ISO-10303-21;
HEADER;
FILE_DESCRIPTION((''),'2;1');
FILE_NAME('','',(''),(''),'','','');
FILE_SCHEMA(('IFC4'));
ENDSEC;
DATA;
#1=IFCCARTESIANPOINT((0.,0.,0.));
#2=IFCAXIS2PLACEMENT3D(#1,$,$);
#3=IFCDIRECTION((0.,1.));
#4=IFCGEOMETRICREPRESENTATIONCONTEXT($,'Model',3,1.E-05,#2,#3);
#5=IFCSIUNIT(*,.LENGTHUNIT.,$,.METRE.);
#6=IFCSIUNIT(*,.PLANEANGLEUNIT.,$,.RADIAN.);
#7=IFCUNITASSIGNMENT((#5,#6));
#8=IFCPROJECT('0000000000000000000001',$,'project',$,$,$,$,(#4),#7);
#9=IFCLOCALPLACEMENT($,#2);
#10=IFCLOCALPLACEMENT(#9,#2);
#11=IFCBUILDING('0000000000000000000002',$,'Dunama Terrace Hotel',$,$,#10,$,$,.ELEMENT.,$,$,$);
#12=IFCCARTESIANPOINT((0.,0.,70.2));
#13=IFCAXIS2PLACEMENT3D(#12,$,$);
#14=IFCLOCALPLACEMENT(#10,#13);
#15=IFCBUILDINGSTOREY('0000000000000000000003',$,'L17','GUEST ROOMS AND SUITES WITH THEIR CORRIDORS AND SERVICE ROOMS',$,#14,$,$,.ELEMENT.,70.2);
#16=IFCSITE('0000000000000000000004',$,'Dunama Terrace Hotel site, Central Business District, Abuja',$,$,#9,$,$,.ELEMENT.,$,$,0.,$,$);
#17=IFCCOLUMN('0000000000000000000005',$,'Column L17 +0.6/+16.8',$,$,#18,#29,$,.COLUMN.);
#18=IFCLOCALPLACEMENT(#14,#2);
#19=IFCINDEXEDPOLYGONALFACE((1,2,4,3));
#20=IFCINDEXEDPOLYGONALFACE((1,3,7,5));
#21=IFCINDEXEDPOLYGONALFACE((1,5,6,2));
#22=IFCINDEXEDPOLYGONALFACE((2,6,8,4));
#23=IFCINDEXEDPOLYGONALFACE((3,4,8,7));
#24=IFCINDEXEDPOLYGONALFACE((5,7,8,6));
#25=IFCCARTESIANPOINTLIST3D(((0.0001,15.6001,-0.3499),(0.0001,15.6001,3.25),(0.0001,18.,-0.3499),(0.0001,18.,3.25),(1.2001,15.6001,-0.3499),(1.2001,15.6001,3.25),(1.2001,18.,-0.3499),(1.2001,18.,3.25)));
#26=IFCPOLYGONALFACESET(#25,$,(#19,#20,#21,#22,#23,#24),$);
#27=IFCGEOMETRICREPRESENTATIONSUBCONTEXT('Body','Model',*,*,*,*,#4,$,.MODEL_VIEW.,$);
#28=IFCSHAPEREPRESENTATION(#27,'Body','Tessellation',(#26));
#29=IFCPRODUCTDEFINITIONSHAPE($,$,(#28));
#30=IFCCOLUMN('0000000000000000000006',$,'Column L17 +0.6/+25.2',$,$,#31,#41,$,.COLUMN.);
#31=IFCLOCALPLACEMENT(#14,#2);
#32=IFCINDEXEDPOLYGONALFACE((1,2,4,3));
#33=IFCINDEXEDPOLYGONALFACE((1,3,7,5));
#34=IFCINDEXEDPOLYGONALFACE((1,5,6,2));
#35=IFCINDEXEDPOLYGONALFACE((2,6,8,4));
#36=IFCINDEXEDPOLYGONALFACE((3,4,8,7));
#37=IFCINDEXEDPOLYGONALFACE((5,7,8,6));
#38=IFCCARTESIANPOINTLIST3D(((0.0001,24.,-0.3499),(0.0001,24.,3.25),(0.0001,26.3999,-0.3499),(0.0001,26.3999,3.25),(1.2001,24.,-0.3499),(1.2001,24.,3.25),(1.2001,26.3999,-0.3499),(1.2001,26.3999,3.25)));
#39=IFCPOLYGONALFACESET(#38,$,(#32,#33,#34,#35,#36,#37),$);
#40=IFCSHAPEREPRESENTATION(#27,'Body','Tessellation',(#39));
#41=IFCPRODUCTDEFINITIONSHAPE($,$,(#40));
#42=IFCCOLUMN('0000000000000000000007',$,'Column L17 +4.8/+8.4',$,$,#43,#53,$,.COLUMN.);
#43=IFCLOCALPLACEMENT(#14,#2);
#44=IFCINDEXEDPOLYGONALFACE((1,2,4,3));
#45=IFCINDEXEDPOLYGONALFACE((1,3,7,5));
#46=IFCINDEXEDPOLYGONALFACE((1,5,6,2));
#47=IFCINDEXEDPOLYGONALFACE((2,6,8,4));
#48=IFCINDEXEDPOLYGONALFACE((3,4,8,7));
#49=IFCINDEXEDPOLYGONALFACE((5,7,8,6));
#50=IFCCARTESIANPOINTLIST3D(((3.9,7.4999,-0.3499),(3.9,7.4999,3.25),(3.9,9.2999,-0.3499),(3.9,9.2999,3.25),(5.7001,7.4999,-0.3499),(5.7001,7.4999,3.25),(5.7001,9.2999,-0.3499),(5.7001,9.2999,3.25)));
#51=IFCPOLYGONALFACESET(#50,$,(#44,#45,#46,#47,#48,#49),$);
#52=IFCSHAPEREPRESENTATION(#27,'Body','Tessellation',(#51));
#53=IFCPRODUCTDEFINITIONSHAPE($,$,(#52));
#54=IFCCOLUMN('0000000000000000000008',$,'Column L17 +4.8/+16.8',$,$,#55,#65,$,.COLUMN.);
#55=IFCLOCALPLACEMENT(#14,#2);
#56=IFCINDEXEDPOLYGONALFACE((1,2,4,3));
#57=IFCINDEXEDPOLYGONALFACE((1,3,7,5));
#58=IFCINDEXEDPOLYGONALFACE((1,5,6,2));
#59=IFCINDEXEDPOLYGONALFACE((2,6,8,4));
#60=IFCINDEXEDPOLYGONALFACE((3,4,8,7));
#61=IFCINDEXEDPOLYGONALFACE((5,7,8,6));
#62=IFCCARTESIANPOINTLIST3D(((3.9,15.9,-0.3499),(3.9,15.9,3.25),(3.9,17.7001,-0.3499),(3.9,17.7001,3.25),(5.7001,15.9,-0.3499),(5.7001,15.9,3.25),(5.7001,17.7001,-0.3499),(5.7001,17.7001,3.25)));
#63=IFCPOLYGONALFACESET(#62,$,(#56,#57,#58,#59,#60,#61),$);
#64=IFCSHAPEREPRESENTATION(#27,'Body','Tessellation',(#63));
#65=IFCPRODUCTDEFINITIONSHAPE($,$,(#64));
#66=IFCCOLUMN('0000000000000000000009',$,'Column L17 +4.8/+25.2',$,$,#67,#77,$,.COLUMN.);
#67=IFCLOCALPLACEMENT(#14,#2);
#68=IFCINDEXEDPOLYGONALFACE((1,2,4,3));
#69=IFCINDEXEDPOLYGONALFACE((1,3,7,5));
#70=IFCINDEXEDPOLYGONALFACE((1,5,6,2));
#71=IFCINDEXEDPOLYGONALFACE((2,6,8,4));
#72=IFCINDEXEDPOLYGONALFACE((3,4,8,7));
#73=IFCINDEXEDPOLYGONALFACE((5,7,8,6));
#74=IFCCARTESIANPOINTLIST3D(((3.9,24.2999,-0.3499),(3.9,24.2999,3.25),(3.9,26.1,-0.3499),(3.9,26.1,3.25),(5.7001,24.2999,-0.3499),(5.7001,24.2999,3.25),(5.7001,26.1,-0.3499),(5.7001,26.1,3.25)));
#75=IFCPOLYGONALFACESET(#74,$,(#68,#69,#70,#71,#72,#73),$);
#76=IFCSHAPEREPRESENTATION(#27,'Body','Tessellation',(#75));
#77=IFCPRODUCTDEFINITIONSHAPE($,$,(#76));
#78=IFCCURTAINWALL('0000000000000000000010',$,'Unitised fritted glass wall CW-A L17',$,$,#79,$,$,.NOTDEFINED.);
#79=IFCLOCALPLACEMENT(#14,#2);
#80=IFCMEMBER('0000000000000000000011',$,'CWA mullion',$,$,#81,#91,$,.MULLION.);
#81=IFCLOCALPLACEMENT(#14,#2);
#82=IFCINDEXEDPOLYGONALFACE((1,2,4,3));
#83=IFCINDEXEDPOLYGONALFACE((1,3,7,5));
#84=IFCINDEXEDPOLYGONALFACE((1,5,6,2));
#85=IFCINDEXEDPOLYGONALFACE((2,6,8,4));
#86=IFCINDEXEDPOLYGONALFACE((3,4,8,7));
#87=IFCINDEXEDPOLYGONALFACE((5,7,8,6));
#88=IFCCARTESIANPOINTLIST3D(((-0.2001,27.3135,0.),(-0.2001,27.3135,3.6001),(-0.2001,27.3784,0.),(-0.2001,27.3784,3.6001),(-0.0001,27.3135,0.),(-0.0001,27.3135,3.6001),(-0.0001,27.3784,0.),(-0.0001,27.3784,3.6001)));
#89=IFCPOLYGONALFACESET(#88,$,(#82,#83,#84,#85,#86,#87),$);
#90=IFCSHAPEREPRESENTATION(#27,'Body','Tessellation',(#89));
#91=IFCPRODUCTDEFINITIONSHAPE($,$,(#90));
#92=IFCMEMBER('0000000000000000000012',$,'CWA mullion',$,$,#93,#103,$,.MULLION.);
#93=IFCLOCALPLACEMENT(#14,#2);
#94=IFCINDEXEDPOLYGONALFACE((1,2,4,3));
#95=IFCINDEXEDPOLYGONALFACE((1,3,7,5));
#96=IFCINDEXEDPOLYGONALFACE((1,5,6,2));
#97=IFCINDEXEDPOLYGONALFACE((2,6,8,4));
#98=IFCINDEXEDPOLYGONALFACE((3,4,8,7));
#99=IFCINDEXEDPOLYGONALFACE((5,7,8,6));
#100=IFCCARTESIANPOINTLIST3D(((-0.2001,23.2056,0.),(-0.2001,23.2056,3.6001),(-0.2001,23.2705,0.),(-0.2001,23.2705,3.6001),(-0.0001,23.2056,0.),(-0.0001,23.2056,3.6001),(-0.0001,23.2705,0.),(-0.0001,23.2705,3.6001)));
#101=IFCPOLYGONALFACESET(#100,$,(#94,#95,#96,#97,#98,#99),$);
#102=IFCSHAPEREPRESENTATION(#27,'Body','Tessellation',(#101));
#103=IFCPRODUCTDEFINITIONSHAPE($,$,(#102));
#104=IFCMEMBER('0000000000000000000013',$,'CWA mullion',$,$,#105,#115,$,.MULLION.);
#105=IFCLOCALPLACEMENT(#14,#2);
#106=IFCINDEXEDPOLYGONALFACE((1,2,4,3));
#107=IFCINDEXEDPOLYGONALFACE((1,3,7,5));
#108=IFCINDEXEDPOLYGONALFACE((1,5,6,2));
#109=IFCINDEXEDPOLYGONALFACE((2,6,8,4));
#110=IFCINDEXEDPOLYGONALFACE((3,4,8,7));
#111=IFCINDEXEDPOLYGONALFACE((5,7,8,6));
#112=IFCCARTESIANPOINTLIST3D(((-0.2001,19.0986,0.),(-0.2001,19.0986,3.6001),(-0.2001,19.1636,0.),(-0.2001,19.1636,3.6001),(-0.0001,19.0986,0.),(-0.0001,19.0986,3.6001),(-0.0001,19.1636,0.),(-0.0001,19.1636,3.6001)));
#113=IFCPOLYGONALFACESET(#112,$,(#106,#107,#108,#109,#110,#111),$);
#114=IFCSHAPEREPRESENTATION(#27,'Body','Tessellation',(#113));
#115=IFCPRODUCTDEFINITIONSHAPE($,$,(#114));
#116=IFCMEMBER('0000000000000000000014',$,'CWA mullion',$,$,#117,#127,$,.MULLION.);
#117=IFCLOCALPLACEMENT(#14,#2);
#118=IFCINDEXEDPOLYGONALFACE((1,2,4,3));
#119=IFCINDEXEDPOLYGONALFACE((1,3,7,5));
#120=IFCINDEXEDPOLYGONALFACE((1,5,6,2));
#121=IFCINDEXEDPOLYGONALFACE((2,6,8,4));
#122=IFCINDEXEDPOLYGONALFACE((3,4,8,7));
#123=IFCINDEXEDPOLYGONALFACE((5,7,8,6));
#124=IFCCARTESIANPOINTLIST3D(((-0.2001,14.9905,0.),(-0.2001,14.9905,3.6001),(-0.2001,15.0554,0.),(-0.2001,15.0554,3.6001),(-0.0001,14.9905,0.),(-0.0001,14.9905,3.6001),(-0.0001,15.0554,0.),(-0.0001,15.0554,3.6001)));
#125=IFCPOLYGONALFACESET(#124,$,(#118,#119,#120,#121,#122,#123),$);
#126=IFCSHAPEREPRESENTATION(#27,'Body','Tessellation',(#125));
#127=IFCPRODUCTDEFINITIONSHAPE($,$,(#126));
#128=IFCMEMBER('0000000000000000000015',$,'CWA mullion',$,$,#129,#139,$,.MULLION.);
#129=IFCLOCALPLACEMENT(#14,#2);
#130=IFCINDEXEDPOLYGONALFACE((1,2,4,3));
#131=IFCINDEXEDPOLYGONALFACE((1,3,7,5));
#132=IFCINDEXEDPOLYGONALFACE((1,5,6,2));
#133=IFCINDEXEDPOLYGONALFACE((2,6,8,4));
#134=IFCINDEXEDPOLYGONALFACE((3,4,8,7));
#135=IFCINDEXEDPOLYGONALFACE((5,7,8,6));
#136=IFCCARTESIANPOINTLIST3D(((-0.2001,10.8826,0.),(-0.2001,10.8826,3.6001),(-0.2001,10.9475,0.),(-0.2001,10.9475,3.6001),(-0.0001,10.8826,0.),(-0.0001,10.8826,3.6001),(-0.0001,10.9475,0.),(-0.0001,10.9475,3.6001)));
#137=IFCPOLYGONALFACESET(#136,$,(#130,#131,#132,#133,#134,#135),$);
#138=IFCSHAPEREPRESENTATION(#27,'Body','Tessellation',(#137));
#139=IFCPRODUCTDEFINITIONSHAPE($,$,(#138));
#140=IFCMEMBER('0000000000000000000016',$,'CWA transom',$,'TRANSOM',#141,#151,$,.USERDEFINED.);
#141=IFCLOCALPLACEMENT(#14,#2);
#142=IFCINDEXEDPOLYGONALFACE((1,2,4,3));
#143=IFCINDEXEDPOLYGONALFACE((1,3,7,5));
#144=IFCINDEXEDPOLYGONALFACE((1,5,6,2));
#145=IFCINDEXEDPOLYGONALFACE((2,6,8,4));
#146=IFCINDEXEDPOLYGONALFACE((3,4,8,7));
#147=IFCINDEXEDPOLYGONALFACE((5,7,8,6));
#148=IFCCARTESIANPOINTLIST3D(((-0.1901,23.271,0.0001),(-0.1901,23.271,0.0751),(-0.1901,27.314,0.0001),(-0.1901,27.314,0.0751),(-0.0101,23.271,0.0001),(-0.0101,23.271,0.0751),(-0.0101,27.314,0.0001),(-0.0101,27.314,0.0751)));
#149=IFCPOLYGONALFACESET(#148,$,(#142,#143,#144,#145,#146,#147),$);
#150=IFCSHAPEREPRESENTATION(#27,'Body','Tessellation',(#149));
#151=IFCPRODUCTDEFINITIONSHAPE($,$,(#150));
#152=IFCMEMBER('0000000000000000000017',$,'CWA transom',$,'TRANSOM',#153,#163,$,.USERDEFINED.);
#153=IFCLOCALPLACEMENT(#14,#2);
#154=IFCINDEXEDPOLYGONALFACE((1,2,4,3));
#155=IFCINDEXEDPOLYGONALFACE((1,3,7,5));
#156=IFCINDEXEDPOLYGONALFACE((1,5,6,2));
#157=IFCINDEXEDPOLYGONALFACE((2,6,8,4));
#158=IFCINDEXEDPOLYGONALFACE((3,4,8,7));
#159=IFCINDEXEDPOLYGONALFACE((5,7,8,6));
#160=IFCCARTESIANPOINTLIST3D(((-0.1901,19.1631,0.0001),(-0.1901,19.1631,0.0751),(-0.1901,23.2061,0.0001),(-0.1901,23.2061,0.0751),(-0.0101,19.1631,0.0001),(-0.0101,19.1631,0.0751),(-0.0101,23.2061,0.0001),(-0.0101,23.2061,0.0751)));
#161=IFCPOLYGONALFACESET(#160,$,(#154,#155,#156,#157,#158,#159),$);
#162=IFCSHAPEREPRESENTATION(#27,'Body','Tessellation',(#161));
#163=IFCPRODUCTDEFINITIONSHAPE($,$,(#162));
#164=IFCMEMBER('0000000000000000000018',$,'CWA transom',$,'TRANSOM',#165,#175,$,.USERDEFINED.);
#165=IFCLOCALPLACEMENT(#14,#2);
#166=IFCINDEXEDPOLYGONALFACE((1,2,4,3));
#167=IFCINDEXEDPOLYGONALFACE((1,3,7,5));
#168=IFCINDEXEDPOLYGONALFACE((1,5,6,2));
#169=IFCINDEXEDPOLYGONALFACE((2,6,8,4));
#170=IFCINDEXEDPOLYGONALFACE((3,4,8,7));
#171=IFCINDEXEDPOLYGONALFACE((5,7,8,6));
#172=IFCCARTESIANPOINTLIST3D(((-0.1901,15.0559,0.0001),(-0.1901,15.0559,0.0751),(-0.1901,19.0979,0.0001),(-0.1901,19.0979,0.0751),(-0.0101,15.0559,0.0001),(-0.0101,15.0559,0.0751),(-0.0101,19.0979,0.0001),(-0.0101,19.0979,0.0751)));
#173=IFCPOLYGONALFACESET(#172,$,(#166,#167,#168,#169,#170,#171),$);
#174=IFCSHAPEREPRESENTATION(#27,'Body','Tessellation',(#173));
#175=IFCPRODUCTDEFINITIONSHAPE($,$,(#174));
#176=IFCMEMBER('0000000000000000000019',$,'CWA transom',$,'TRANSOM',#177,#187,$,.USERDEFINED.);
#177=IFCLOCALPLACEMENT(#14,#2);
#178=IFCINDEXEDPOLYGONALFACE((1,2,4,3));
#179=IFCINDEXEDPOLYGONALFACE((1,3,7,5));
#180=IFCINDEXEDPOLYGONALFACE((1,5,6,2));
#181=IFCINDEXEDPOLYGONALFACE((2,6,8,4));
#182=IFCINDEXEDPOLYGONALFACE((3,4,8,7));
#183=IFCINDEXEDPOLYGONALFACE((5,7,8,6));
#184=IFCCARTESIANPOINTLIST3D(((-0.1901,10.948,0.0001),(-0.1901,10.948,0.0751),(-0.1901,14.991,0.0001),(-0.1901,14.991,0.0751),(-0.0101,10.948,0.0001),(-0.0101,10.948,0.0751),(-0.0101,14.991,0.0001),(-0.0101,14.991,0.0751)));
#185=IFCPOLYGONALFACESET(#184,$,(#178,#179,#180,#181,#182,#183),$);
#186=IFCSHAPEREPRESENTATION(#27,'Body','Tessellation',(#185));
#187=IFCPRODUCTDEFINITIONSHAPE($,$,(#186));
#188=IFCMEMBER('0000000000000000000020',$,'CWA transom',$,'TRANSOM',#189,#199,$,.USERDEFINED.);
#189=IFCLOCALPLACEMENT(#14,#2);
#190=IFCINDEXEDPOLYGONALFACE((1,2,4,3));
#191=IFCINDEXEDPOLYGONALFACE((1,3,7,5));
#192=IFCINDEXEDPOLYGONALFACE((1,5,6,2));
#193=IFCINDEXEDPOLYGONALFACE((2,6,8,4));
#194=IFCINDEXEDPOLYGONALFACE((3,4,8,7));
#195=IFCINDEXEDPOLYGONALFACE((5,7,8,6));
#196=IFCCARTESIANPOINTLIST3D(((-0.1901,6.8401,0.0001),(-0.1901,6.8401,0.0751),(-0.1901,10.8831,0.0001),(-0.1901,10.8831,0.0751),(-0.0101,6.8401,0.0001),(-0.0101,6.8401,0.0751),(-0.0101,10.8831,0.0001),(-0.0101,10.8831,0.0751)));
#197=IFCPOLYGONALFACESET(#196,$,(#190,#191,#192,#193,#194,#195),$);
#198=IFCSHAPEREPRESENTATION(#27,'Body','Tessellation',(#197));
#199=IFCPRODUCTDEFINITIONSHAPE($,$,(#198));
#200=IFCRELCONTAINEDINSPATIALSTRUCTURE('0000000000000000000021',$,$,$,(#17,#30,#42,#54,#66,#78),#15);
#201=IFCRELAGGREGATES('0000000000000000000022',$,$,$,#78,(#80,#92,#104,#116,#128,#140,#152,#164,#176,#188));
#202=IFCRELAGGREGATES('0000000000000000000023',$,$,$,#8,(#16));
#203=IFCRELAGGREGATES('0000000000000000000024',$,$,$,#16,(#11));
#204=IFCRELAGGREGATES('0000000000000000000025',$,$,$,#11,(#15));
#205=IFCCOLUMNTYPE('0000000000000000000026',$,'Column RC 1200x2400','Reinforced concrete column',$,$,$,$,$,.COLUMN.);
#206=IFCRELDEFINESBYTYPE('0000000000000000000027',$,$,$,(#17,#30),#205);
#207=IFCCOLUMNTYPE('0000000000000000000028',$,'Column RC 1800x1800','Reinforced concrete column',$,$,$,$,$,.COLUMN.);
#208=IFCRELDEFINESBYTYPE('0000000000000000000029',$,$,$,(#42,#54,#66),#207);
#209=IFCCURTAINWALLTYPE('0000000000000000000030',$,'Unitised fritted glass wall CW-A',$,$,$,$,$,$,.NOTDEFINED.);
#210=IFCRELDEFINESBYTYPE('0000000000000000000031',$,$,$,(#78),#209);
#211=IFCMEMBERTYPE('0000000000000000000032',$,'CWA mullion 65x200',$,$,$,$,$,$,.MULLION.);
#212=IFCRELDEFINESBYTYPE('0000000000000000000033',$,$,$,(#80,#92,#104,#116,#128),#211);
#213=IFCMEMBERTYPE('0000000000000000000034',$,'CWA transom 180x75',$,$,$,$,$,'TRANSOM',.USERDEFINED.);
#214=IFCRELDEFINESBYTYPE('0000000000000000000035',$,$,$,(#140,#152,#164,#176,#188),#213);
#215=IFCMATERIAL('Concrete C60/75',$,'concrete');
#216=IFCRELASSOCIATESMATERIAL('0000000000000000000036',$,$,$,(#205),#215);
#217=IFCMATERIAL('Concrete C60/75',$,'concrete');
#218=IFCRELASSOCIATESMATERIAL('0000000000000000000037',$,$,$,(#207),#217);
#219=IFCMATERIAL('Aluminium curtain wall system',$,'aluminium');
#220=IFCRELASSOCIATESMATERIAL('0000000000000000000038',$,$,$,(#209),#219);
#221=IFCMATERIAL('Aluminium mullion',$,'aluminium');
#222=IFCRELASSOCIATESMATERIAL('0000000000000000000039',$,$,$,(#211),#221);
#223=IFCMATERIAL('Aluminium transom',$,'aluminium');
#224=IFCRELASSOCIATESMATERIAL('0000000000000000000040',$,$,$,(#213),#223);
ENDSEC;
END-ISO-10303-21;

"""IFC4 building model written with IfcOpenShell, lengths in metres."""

from ifc_helpers import new_model, si_unit, direction, frame, origin, origin_2d, place, context, subcontext, project, spatial, rectangle, extrude, material, material_profile, profile_set, type_object, element, aggregate, save


model = new_model("IFC4")

# Units and contexts
model_context = context("Model", 3, precision=1e-05, world=origin(), true_north=direction((0.0, 1.0)))
body_context = subcontext(model_context, "Body", "Model", "MODEL_VIEW")
ifc_project = project(units=[si_unit("LENGTHUNIT", "METRE"), si_unit("PLANEANGLEUNIT", "RADIAN")], contexts=[model_context])

# Site, building, storey
site_placement = place(None, origin())
site = spatial("IfcSite", under=ifc_project, at=site_placement, Name="Dunama Terrace Hotel site, Central Business District, Abuja", CompositionType="ELEMENT", RefElevation=0.0)
building_placement = place(site_placement, origin())
building = spatial("IfcBuilding", under=site, at=building_placement, Name="Dunama Terrace Hotel", CompositionType="ELEMENT")
storey_placement = place(building_placement, frame((0.0, 0.0, 70.2)))
storey = spatial("IfcBuildingStorey", under=building, at=storey_placement, Name="L17", Description="GUEST ROOMS AND SUITES WITH THEIR CORRIDORS AND SERVICE ROOMS", CompositionType="ELEMENT", Elevation=70.2)

# Columns
ifc_material_1 = material(Name="Concrete C60/75", Category="concrete")
ifc_material_profile_1 = material_profile(ifc_material_1, rectangle(XDim=1.2, YDim=2.3999, at=origin_2d()), Name="RC 1200x2400")
ifc_profile_set_1 = profile_set([ifc_material_profile_1], Name="Concrete C60/75")
column_type_1 = type_object("IfcColumnType", Name="Column RC 1200x2400", Description="Reinforced concrete column", PredefinedType="COLUMN", material=ifc_profile_set_1)
for number, where, z_axis, x_axis, name in (
    (1, (0.6001, 16.8, -0.3499), (0.0, 0.0, 1.0), (1.0, 0.0, 0.0), "Column L17 +0.6/+16.8"),
    (2, (0.6001, 25.2, -0.3499), (0.0, 0.0, 1.0), (1.0, 0.0, 0.0), "Column L17 +0.6/+25.2"),
):
    element("IfcColumn", number, at=place(storey_placement, frame(where, z_axis=z_axis, x_axis=x_axis)), inside=storey, type_object=column_type_1, Name=name, PredefinedType="COLUMN", context=body_context, shape_type="SweptSolid", body=[
        extrude(rectangle(XDim=1.2, YDim=2.3999, at=origin_2d()), origin(), (0.0, 0.0, 1.0), 3.5999),
    ])
ifc_material_2 = material(Name="Concrete C60/75", Category="concrete")
ifc_material_profile_2 = material_profile(ifc_material_2, rectangle(XDim=1.8, YDim=1.8, at=origin_2d()), Name="RC 1800x1800")
ifc_profile_set_2 = profile_set([ifc_material_profile_2], Name="Concrete C60/75")
column_type_2 = type_object("IfcColumnType", Name="Column RC 1800x1800", Description="Reinforced concrete column", PredefinedType="COLUMN", material=ifc_profile_set_2)
for number, where, z_axis, x_axis, name in (
    (3, (4.8, 8.3999, -0.3499), (0.0, 0.0, 1.0), (1.0, 0.0, 0.0), "Column L17 +4.8/+8.4"),
    (4, (4.8, 16.8, -0.3499), (0.0, 0.0, 1.0), (1.0, 0.0, 0.0), "Column L17 +4.8/+16.8"),
    (5, (4.8, 25.2, -0.3499), (0.0, 0.0, 1.0), (1.0, 0.0, 0.0), "Column L17 +4.8/+25.2"),
):
    element("IfcColumn", number, at=place(storey_placement, frame(where, z_axis=z_axis, x_axis=x_axis)), inside=storey, type_object=column_type_2, Name=name, PredefinedType="COLUMN", context=body_context, shape_type="SweptSolid", body=[
        extrude(rectangle(XDim=1.8, YDim=1.8, at=origin_2d()), origin(), (0.0, 0.0, 1.0), 3.5999),
    ])

# Curtain wall, members
ifc_material_3 = material(Name="Aluminium curtain wall system", Category="aluminium")
curtain_wall_type = type_object("IfcCurtainWallType", Name="Unitised fritted glass wall CW-A", PredefinedType="NOTDEFINED", material=ifc_material_3)
curtain_wall_placement = place(storey_placement, origin())
curtain_wall = element("IfcCurtainWall", 6, at=curtain_wall_placement, inside=storey, type_object=curtain_wall_type, Name="Unitised fritted glass wall CW-A L17", PredefinedType="NOTDEFINED")
ifc_material_4 = material(Name="Aluminium mullion", Category="aluminium")
ifc_material_profile_3 = material_profile(ifc_material_4, rectangle(XDim=0.0649, YDim=0.2, at=origin_2d()), Name="CWA MULLION 65X200")
ifc_profile_set_3 = profile_set([ifc_material_profile_3], Name="Aluminium mullion")
member_type_1 = type_object("IfcMemberType", Name="CWA mullion 65x200", PredefinedType="MULLION", material=ifc_profile_set_3)
member_1_placement = place(storey_placement, frame((-0.1001, 27.3459, 0.0), z_axis=(0.0, 0.0, 1.0), x_axis=(0.0, -1.0, 0.0)))
member_1 = element("IfcMember", 7, at=member_1_placement, type_object=member_type_1, Name="CWA mullion", PredefinedType="MULLION", context=body_context, shape_type="SweptSolid", body=[
    extrude(rectangle(XDim=0.0649, YDim=0.2, at=origin_2d()), origin(), (0.0, 0.0, 1.0), 3.6001),
])
member_2_placement = place(storey_placement, frame((-0.1001, 23.238, 0.0), z_axis=(0.0, 0.0, 1.0), x_axis=(0.0, -1.0, 0.0)))
member_2 = element("IfcMember", 8, at=member_2_placement, type_object=member_type_1, Name="CWA mullion", PredefinedType="MULLION", context=body_context, shape_type="SweptSolid", body=[
    extrude(rectangle(XDim=0.0649, YDim=0.2, at=origin_2d()), origin(), (0.0, 0.0, 1.0), 3.6001),
])
member_3_placement = place(storey_placement, frame((-0.1001, 19.1311, 0.0), z_axis=(0.0, 0.0, 1.0), x_axis=(0.0, -1.0, 0.0)))
member_3 = element("IfcMember", 9, at=member_3_placement, type_object=member_type_1, Name="CWA mullion", PredefinedType="MULLION", context=body_context, shape_type="SweptSolid", body=[
    extrude(rectangle(XDim=0.0649, YDim=0.2, at=origin_2d()), origin(), (0.0, 0.0, 1.0), 3.6001),
])
member_4_placement = place(storey_placement, frame((-0.1001, 15.0229, 0.0), z_axis=(0.0, 0.0, 1.0), x_axis=(0.0, -1.0, 0.0)))
member_4 = element("IfcMember", 10, at=member_4_placement, type_object=member_type_1, Name="CWA mullion", PredefinedType="MULLION", context=body_context, shape_type="SweptSolid", body=[
    extrude(rectangle(XDim=0.0649, YDim=0.2, at=origin_2d()), origin(), (0.0, 0.0, 1.0), 3.6001),
])
member_5_placement = place(storey_placement, frame((-0.1001, 10.915, 0.0), z_axis=(0.0, 0.0, 1.0), x_axis=(0.0, -1.0, 0.0)))
member_5 = element("IfcMember", 11, at=member_5_placement, type_object=member_type_1, Name="CWA mullion", PredefinedType="MULLION", context=body_context, shape_type="SweptSolid", body=[
    extrude(rectangle(XDim=0.0649, YDim=0.2, at=origin_2d()), origin(), (0.0, 0.0, 1.0), 3.6001),
])
ifc_material_5 = material(Name="Aluminium transom", Category="aluminium")
ifc_material_profile_4 = material_profile(ifc_material_5, rectangle(XDim=0.1799, YDim=0.075, at=origin_2d()), Name="CWA TRANSOM 180X75")
ifc_profile_set_4 = profile_set([ifc_material_profile_4], Name="Aluminium transom")
member_type_2 = type_object("IfcMemberType", Name="CWA transom 180x75", ElementType="TRANSOM", PredefinedType="USERDEFINED", material=ifc_profile_set_4)
member_6_placement = place(storey_placement, frame((-0.1001, 27.314, 0.0376), z_axis=(0.0, -1.0, 0.0), x_axis=(1.0, 0.0, 0.0)))
member_6 = element("IfcMember", 12, at=member_6_placement, type_object=member_type_2, Name="CWA transom", ObjectType="TRANSOM", PredefinedType="USERDEFINED", context=body_context, shape_type="SweptSolid", body=[
    extrude(rectangle(XDim=0.1799, YDim=0.075, at=origin_2d()), origin(), (0.0, 0.0, 1.0), 4.043),
])
member_7_placement = place(storey_placement, frame((-0.1001, 23.2061, 0.0376), z_axis=(0.0, -1.0, 0.0), x_axis=(1.0, 0.0, 0.0)))
member_7 = element("IfcMember", 13, at=member_7_placement, type_object=member_type_2, Name="CWA transom", ObjectType="TRANSOM", PredefinedType="USERDEFINED", context=body_context, shape_type="SweptSolid", body=[
    extrude(rectangle(XDim=0.1799, YDim=0.075, at=origin_2d()), origin(), (0.0, 0.0, 1.0), 4.043),
])
member_8_placement = place(storey_placement, frame((-0.1001, 19.0979, 0.0376), z_axis=(0.0, -1.0, 0.0), x_axis=(1.0, 0.0, 0.0)))
member_8 = element("IfcMember", 14, at=member_8_placement, type_object=member_type_2, Name="CWA transom", ObjectType="TRANSOM", PredefinedType="USERDEFINED", context=body_context, shape_type="SweptSolid", body=[
    extrude(rectangle(XDim=0.1799, YDim=0.075, at=origin_2d()), origin(), (0.0, 0.0, 1.0), 4.042),
])
member_9_placement = place(storey_placement, frame((-0.1001, 14.991, 0.0376), z_axis=(0.0, -1.0, 0.0), x_axis=(1.0, 0.0, 0.0)))
member_9 = element("IfcMember", 15, at=member_9_placement, type_object=member_type_2, Name="CWA transom", ObjectType="TRANSOM", PredefinedType="USERDEFINED", context=body_context, shape_type="SweptSolid", body=[
    extrude(rectangle(XDim=0.1799, YDim=0.075, at=origin_2d()), origin(), (0.0, 0.0, 1.0), 4.043),
])
member_10_placement = place(storey_placement, frame((-0.1001, 10.8831, 0.0376), z_axis=(0.0, -1.0, 0.0), x_axis=(1.0, 0.0, 0.0)))
member_10 = element("IfcMember", 16, at=member_10_placement, type_object=member_type_2, Name="CWA transom", ObjectType="TRANSOM", PredefinedType="USERDEFINED", context=body_context, shape_type="SweptSolid", body=[
    extrude(rectangle(XDim=0.1799, YDim=0.075, at=origin_2d()), origin(), (0.0, 0.0, 1.0), 4.043),
])

aggregate(curtain_wall, [member_1, member_2, member_3, member_4, member_5, member_6, member_7, member_8, member_9, member_10])

save(model, "model.ifc")
